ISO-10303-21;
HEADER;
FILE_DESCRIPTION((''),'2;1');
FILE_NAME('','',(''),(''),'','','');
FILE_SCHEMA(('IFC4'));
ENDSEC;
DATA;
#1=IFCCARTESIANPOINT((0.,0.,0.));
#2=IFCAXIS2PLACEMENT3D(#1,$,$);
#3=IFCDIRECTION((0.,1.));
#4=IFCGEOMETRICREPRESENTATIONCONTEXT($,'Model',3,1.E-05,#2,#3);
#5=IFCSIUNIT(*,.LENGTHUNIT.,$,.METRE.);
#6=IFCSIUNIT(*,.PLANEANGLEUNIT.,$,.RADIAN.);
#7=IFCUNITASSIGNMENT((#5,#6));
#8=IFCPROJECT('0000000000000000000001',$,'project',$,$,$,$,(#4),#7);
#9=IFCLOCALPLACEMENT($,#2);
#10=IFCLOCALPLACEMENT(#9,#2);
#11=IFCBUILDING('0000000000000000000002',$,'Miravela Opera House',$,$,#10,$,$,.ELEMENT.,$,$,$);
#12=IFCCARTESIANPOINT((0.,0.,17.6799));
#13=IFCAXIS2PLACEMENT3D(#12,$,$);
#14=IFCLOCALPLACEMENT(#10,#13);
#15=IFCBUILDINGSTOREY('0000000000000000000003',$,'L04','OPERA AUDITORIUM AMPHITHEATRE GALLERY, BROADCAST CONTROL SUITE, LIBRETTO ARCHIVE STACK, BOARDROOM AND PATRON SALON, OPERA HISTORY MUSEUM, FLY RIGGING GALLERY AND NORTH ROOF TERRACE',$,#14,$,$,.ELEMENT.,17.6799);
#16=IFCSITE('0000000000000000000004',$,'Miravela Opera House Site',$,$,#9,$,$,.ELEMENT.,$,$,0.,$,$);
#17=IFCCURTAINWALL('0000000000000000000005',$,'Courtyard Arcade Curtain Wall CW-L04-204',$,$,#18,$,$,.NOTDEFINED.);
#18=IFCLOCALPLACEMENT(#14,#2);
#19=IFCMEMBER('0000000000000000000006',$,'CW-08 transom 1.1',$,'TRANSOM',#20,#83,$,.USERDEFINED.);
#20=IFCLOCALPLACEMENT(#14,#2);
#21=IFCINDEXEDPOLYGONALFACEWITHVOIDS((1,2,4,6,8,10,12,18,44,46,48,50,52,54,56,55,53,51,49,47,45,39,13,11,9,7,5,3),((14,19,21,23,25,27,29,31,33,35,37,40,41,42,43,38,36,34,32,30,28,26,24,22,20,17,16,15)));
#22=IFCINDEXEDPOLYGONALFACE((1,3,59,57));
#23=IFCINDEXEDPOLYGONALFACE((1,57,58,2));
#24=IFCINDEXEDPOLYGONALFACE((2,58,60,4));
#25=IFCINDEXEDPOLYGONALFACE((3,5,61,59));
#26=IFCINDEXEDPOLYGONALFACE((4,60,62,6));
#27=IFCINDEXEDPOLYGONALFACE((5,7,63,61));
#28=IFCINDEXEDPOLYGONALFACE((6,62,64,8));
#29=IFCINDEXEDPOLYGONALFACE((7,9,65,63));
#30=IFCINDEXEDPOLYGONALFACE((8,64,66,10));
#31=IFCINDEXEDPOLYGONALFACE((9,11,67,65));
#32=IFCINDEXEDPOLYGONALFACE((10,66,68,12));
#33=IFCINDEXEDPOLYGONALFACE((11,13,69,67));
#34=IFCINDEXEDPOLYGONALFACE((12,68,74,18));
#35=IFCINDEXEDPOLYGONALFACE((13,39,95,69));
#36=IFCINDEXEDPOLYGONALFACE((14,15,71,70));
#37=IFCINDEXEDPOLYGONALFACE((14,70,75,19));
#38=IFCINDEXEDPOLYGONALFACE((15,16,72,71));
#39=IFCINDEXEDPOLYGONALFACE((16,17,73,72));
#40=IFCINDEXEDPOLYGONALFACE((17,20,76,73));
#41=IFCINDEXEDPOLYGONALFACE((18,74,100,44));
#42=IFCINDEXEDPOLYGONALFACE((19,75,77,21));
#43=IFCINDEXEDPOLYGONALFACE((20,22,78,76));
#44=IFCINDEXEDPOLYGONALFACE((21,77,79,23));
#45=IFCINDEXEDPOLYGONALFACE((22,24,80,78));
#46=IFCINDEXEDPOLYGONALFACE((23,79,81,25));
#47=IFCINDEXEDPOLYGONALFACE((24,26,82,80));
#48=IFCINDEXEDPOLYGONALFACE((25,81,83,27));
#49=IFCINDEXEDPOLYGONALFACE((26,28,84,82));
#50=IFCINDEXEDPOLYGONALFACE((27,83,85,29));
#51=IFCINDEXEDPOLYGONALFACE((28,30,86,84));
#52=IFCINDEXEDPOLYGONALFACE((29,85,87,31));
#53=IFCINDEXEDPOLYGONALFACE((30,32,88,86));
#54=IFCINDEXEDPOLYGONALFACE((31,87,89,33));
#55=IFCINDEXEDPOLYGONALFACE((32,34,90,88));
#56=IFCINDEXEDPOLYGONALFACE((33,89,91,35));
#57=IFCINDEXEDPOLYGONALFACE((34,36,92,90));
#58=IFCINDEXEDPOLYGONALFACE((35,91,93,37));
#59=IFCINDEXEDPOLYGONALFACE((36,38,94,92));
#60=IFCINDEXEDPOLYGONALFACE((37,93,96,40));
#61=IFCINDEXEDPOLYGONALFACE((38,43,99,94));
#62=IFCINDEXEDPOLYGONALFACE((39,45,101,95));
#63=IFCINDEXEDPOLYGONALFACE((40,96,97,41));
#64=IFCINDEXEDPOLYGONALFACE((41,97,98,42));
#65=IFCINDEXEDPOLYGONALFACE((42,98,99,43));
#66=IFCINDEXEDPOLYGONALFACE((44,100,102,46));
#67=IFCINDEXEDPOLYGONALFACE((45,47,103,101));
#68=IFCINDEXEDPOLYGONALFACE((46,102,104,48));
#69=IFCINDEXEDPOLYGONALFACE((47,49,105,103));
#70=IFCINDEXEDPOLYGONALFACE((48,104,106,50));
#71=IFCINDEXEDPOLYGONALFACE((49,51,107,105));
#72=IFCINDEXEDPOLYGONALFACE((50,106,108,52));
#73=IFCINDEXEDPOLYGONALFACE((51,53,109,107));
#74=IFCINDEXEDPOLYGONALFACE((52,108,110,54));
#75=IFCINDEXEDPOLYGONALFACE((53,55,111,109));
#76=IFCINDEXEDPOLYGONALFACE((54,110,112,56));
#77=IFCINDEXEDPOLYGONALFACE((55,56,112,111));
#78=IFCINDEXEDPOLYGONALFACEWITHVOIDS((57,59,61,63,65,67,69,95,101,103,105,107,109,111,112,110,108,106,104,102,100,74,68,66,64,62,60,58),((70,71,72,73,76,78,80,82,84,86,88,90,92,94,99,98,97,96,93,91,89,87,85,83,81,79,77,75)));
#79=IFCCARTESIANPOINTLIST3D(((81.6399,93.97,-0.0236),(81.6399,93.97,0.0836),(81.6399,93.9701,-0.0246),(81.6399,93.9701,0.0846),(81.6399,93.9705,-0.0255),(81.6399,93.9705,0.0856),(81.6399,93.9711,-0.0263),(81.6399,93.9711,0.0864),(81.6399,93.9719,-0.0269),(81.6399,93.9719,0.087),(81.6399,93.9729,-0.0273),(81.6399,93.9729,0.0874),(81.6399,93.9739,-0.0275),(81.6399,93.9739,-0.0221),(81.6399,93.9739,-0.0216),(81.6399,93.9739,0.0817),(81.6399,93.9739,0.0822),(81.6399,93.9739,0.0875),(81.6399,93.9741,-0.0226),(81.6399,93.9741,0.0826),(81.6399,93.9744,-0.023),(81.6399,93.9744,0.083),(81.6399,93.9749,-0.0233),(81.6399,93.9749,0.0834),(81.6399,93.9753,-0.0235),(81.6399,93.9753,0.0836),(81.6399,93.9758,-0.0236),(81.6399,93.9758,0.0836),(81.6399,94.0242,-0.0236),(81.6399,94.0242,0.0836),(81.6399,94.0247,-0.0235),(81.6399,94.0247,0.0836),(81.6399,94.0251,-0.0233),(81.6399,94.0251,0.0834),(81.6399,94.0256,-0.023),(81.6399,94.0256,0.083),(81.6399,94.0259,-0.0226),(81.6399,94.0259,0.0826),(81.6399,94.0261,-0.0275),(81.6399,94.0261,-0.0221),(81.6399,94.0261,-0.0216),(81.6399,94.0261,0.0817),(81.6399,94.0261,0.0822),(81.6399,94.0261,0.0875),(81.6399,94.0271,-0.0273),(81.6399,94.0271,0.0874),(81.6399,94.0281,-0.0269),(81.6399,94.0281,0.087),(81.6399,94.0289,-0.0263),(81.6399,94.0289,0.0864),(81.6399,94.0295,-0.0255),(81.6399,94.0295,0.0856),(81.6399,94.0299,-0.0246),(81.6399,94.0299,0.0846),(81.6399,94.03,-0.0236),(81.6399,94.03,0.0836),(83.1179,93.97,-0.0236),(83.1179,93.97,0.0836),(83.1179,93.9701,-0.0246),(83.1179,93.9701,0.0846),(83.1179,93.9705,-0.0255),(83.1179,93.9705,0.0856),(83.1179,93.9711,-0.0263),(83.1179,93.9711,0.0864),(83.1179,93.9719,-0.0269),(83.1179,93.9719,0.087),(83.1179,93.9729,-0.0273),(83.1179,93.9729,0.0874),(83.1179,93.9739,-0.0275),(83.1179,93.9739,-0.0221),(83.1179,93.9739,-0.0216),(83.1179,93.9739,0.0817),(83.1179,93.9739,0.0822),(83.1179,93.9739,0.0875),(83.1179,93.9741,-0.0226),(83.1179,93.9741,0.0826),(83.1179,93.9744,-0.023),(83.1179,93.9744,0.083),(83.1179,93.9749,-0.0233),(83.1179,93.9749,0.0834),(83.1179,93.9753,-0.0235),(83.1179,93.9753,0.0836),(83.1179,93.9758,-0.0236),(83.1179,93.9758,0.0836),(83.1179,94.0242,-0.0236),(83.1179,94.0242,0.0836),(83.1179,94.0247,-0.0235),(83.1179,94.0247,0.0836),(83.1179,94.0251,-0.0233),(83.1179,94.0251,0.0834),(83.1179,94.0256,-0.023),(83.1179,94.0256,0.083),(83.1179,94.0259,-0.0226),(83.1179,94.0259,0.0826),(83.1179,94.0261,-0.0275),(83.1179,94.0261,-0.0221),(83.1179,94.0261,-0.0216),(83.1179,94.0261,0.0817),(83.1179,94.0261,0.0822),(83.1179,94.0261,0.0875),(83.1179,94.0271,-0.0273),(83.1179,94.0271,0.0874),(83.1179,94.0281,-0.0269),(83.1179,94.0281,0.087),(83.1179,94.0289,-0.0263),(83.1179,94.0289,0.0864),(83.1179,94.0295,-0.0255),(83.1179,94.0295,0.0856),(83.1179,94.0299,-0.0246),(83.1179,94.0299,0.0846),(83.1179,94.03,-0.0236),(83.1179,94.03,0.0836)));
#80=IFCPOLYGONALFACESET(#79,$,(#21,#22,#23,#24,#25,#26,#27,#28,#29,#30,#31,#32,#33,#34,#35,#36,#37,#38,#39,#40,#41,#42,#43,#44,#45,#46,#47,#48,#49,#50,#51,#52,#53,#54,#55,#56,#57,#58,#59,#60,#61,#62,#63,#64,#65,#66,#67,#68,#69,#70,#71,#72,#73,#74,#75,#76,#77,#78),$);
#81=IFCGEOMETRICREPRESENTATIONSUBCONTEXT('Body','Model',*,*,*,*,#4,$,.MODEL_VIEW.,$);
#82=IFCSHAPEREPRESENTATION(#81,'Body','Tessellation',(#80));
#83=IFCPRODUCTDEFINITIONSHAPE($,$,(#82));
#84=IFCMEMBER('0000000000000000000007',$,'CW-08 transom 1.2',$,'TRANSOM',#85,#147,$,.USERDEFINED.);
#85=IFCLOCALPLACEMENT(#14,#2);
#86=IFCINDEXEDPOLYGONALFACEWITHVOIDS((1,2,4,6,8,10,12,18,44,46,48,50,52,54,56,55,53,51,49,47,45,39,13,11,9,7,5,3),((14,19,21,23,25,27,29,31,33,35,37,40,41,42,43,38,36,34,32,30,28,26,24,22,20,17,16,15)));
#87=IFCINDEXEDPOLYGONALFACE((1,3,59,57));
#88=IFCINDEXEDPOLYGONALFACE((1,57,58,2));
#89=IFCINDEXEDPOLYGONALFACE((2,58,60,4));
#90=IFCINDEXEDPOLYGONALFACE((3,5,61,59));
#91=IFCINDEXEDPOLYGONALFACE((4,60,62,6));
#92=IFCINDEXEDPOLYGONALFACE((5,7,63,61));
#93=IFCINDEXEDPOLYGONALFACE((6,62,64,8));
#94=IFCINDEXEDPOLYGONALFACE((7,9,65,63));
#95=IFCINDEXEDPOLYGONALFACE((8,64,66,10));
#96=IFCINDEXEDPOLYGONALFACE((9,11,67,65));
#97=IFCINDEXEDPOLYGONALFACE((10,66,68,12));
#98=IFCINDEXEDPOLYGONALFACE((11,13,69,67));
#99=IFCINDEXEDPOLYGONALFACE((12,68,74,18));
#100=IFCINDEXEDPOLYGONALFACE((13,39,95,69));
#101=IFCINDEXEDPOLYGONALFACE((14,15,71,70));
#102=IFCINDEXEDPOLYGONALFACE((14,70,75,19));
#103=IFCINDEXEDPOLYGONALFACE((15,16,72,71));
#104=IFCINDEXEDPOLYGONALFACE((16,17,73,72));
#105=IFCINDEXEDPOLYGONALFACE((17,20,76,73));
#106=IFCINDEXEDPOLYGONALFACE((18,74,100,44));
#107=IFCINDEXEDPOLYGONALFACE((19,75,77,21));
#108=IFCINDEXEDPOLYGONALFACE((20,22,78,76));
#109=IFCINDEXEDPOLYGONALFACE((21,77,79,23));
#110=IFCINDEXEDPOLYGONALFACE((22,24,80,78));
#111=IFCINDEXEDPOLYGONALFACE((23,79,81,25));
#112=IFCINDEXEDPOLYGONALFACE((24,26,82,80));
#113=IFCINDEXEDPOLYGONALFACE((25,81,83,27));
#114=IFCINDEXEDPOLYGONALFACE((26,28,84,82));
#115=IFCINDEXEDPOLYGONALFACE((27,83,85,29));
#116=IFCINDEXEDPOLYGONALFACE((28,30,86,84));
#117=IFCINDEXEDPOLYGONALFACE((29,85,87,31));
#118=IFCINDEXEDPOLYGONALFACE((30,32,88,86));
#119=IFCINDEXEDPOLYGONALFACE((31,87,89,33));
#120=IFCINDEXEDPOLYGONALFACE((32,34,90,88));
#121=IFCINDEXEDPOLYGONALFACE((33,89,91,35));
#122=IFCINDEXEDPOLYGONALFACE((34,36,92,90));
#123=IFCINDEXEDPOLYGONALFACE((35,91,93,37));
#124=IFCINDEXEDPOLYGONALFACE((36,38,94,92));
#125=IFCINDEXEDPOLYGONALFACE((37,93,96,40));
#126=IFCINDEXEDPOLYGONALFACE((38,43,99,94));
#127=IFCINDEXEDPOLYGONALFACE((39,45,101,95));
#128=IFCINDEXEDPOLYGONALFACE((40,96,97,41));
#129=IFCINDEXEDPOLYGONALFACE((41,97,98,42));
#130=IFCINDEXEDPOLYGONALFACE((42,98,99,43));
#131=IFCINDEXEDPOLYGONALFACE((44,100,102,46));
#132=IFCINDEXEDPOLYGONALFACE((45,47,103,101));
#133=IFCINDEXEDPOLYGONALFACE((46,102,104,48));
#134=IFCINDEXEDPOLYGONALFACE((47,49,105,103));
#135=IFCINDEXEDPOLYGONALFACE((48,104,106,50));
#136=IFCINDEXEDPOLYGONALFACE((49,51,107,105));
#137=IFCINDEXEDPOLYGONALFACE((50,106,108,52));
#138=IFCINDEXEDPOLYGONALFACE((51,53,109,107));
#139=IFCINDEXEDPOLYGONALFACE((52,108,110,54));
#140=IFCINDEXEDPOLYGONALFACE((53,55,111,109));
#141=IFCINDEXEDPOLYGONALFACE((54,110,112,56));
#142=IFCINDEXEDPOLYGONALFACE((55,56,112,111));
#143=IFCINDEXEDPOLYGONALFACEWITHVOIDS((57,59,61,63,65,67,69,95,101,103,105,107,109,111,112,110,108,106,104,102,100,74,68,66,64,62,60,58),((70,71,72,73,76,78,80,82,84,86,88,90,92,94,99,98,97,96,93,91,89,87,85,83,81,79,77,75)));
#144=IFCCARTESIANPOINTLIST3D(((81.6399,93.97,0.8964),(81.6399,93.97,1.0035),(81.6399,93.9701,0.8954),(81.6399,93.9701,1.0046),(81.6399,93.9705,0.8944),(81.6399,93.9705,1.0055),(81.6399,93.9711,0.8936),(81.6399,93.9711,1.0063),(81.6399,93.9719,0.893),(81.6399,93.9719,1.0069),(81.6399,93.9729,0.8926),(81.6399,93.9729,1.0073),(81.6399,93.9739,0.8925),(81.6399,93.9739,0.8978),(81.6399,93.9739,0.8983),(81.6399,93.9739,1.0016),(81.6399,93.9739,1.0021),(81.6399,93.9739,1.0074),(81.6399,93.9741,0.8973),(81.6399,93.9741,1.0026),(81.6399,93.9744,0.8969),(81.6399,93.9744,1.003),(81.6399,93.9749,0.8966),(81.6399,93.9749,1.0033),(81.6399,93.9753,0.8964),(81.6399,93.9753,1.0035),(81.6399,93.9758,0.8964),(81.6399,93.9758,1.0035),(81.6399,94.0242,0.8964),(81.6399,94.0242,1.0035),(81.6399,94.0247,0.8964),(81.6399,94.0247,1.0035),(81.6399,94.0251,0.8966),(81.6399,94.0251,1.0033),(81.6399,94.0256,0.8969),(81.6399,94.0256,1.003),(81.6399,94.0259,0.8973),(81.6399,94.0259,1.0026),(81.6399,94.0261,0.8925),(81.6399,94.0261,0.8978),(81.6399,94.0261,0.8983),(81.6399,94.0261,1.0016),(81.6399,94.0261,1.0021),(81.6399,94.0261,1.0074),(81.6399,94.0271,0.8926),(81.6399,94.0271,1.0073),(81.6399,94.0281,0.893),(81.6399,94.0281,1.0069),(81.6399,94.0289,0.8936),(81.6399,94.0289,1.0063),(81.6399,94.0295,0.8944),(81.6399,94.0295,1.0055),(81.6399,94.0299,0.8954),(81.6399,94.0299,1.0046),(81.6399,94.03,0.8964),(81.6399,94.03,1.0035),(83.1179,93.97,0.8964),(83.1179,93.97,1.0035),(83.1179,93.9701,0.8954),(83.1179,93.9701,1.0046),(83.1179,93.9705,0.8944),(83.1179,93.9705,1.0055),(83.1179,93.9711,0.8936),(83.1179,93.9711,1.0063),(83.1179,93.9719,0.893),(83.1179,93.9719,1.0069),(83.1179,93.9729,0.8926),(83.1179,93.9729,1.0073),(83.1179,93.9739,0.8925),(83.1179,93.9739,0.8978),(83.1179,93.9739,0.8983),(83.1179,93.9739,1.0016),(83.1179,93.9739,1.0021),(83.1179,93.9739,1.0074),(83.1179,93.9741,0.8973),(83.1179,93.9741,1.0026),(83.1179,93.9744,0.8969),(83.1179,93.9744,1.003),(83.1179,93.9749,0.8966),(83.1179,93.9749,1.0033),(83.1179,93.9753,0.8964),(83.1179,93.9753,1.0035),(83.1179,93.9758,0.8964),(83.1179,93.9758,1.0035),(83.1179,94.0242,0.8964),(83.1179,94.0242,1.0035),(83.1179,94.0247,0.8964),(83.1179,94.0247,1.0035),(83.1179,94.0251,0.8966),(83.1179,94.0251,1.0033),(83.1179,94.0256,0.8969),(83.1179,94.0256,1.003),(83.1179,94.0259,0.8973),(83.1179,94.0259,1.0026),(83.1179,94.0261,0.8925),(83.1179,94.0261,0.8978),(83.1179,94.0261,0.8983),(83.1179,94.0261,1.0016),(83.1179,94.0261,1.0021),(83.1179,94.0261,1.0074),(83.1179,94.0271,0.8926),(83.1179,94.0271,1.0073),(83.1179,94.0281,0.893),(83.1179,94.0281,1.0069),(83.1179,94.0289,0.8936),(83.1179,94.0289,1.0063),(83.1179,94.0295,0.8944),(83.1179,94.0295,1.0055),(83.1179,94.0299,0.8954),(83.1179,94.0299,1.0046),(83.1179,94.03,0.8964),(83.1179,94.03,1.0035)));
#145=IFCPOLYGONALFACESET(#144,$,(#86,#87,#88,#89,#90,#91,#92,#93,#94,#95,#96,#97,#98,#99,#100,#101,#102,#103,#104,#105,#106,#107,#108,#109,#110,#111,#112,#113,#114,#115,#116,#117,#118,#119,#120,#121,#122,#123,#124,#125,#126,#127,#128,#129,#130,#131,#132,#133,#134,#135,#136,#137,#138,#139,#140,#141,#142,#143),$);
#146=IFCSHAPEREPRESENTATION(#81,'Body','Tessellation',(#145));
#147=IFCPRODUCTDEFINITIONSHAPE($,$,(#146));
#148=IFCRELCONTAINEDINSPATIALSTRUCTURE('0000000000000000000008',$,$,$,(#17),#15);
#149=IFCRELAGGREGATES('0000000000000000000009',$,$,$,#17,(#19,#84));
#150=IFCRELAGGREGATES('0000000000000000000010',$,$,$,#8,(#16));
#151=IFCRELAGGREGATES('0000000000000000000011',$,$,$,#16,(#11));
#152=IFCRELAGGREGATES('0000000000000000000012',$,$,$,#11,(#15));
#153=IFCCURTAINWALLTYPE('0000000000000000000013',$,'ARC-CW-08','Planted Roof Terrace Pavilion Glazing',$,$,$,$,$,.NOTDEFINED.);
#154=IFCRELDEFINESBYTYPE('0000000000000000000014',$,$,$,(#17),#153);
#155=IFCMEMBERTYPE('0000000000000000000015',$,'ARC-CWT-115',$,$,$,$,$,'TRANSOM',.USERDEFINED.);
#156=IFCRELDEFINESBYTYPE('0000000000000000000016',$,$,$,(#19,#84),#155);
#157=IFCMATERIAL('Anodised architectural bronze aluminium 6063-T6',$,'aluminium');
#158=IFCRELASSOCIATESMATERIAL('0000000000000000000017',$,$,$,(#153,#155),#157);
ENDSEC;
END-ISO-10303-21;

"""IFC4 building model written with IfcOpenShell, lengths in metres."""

from ifc_helpers import new_model, si_unit, direction, frame, origin, origin_2d, place, context, subcontext, project, spatial, hollow_rectangle, extrude, material, material_profile, profile_set, type_object, element, aggregate, save


model = new_model("IFC4")

# Units and contexts
model_context = context("Model", 3, precision=1e-05, world=origin(), true_north=direction((0.0, 1.0)))
body_context = subcontext(model_context, "Body", "Model", "MODEL_VIEW")
ifc_project = project(units=[si_unit("LENGTHUNIT", "METRE"), si_unit("PLANEANGLEUNIT", "RADIAN")], contexts=[model_context])

# Site, building, storey
site_placement = place(None, origin())
site = spatial("IfcSite", under=ifc_project, at=site_placement, Name="Miravela Opera House Site", CompositionType="ELEMENT", RefElevation=0.0)
building_placement = place(site_placement, origin())
building = spatial("IfcBuilding", under=site, at=building_placement, Name="Miravela Opera House", CompositionType="ELEMENT")
storey_placement = place(building_placement, frame((0.0, 0.0, 17.6799)))
storey = spatial("IfcBuildingStorey", under=building, at=storey_placement, Name="L04", Description="OPERA AUDITORIUM AMPHITHEATRE GALLERY, BROADCAST CONTROL SUITE, LIBRETTO ARCHIVE STACK, BOARDROOM AND PATRON SALON, OPERA HISTORY MUSEUM, FLY RIGGING GALLERY AND NORTH ROOF TERRACE", CompositionType="ELEMENT", Elevation=17.6799)

# Curtain wall, members
ifc_material_1 = material(Name="Anodised architectural bronze aluminium 6063-T6", Category="aluminium")
curtain_wall_type = type_object("IfcCurtainWallType", Name="ARC-CW-08", Description="Planted Roof Terrace Pavilion Glazing", PredefinedType="NOTDEFINED", material=ifc_material_1)
curtain_wall_placement = place(storey_placement, origin())
curtain_wall = element("IfcCurtainWall", 1, at=curtain_wall_placement, inside=storey, type_object=curtain_wall_type, Name="Courtyard Arcade Curtain Wall CW-L04-204", PredefinedType="NOTDEFINED")
ifc_material_profile_1 = material_profile(ifc_material_1, hollow_rectangle(XDim=0.0601, YDim=0.115, WallThickness=0.0039, InnerFilletRadius=0.002, OuterFilletRadius=0.0039, at=origin_2d()), Name="CWT-60X115")
ifc_profile_set_1 = profile_set([ifc_material_profile_1])
member_type_1 = type_object("IfcMemberType", Name="ARC-CWT-115", ElementType="TRANSOM", PredefinedType="USERDEFINED", material=ifc_profile_set_1)
member_1_placement = place(storey_placement, frame((81.6399, 94.0, 0.03), z_axis=(1.0, 0.0, 0.0), x_axis=(0.0, 1.0, 0.0)))
member_1 = element("IfcMember", 2, at=member_1_placement, type_object=member_type_1, Name="CW-08 transom 1.1", ObjectType="TRANSOM", PredefinedType="USERDEFINED", context=body_context, shape_type="SweptSolid", body=[
    extrude(hollow_rectangle(XDim=0.0601, YDim=0.115, WallThickness=0.0039, InnerFilletRadius=0.002, OuterFilletRadius=0.0039, at=origin_2d()), origin(), (0.0, 0.0, 1.0), 1.478),
])
member_2_placement = place(storey_placement, frame((81.6399, 94.0, 0.95), z_axis=(1.0, 0.0, 0.0), x_axis=(0.0, 1.0, 0.0)))
member_2 = element("IfcMember", 3, at=member_2_placement, type_object=member_type_1, Name="CW-08 transom 1.2", ObjectType="TRANSOM", PredefinedType="USERDEFINED", context=body_context, shape_type="SweptSolid", body=[
    extrude(hollow_rectangle(XDim=0.0601, YDim=0.115, WallThickness=0.0039, InnerFilletRadius=0.002, OuterFilletRadius=0.0039, at=origin_2d()), origin(), (0.0, 0.0, 1.0), 1.478),
])

aggregate(curtain_wall, [member_1, member_2])

save(model, "model.ifc")
